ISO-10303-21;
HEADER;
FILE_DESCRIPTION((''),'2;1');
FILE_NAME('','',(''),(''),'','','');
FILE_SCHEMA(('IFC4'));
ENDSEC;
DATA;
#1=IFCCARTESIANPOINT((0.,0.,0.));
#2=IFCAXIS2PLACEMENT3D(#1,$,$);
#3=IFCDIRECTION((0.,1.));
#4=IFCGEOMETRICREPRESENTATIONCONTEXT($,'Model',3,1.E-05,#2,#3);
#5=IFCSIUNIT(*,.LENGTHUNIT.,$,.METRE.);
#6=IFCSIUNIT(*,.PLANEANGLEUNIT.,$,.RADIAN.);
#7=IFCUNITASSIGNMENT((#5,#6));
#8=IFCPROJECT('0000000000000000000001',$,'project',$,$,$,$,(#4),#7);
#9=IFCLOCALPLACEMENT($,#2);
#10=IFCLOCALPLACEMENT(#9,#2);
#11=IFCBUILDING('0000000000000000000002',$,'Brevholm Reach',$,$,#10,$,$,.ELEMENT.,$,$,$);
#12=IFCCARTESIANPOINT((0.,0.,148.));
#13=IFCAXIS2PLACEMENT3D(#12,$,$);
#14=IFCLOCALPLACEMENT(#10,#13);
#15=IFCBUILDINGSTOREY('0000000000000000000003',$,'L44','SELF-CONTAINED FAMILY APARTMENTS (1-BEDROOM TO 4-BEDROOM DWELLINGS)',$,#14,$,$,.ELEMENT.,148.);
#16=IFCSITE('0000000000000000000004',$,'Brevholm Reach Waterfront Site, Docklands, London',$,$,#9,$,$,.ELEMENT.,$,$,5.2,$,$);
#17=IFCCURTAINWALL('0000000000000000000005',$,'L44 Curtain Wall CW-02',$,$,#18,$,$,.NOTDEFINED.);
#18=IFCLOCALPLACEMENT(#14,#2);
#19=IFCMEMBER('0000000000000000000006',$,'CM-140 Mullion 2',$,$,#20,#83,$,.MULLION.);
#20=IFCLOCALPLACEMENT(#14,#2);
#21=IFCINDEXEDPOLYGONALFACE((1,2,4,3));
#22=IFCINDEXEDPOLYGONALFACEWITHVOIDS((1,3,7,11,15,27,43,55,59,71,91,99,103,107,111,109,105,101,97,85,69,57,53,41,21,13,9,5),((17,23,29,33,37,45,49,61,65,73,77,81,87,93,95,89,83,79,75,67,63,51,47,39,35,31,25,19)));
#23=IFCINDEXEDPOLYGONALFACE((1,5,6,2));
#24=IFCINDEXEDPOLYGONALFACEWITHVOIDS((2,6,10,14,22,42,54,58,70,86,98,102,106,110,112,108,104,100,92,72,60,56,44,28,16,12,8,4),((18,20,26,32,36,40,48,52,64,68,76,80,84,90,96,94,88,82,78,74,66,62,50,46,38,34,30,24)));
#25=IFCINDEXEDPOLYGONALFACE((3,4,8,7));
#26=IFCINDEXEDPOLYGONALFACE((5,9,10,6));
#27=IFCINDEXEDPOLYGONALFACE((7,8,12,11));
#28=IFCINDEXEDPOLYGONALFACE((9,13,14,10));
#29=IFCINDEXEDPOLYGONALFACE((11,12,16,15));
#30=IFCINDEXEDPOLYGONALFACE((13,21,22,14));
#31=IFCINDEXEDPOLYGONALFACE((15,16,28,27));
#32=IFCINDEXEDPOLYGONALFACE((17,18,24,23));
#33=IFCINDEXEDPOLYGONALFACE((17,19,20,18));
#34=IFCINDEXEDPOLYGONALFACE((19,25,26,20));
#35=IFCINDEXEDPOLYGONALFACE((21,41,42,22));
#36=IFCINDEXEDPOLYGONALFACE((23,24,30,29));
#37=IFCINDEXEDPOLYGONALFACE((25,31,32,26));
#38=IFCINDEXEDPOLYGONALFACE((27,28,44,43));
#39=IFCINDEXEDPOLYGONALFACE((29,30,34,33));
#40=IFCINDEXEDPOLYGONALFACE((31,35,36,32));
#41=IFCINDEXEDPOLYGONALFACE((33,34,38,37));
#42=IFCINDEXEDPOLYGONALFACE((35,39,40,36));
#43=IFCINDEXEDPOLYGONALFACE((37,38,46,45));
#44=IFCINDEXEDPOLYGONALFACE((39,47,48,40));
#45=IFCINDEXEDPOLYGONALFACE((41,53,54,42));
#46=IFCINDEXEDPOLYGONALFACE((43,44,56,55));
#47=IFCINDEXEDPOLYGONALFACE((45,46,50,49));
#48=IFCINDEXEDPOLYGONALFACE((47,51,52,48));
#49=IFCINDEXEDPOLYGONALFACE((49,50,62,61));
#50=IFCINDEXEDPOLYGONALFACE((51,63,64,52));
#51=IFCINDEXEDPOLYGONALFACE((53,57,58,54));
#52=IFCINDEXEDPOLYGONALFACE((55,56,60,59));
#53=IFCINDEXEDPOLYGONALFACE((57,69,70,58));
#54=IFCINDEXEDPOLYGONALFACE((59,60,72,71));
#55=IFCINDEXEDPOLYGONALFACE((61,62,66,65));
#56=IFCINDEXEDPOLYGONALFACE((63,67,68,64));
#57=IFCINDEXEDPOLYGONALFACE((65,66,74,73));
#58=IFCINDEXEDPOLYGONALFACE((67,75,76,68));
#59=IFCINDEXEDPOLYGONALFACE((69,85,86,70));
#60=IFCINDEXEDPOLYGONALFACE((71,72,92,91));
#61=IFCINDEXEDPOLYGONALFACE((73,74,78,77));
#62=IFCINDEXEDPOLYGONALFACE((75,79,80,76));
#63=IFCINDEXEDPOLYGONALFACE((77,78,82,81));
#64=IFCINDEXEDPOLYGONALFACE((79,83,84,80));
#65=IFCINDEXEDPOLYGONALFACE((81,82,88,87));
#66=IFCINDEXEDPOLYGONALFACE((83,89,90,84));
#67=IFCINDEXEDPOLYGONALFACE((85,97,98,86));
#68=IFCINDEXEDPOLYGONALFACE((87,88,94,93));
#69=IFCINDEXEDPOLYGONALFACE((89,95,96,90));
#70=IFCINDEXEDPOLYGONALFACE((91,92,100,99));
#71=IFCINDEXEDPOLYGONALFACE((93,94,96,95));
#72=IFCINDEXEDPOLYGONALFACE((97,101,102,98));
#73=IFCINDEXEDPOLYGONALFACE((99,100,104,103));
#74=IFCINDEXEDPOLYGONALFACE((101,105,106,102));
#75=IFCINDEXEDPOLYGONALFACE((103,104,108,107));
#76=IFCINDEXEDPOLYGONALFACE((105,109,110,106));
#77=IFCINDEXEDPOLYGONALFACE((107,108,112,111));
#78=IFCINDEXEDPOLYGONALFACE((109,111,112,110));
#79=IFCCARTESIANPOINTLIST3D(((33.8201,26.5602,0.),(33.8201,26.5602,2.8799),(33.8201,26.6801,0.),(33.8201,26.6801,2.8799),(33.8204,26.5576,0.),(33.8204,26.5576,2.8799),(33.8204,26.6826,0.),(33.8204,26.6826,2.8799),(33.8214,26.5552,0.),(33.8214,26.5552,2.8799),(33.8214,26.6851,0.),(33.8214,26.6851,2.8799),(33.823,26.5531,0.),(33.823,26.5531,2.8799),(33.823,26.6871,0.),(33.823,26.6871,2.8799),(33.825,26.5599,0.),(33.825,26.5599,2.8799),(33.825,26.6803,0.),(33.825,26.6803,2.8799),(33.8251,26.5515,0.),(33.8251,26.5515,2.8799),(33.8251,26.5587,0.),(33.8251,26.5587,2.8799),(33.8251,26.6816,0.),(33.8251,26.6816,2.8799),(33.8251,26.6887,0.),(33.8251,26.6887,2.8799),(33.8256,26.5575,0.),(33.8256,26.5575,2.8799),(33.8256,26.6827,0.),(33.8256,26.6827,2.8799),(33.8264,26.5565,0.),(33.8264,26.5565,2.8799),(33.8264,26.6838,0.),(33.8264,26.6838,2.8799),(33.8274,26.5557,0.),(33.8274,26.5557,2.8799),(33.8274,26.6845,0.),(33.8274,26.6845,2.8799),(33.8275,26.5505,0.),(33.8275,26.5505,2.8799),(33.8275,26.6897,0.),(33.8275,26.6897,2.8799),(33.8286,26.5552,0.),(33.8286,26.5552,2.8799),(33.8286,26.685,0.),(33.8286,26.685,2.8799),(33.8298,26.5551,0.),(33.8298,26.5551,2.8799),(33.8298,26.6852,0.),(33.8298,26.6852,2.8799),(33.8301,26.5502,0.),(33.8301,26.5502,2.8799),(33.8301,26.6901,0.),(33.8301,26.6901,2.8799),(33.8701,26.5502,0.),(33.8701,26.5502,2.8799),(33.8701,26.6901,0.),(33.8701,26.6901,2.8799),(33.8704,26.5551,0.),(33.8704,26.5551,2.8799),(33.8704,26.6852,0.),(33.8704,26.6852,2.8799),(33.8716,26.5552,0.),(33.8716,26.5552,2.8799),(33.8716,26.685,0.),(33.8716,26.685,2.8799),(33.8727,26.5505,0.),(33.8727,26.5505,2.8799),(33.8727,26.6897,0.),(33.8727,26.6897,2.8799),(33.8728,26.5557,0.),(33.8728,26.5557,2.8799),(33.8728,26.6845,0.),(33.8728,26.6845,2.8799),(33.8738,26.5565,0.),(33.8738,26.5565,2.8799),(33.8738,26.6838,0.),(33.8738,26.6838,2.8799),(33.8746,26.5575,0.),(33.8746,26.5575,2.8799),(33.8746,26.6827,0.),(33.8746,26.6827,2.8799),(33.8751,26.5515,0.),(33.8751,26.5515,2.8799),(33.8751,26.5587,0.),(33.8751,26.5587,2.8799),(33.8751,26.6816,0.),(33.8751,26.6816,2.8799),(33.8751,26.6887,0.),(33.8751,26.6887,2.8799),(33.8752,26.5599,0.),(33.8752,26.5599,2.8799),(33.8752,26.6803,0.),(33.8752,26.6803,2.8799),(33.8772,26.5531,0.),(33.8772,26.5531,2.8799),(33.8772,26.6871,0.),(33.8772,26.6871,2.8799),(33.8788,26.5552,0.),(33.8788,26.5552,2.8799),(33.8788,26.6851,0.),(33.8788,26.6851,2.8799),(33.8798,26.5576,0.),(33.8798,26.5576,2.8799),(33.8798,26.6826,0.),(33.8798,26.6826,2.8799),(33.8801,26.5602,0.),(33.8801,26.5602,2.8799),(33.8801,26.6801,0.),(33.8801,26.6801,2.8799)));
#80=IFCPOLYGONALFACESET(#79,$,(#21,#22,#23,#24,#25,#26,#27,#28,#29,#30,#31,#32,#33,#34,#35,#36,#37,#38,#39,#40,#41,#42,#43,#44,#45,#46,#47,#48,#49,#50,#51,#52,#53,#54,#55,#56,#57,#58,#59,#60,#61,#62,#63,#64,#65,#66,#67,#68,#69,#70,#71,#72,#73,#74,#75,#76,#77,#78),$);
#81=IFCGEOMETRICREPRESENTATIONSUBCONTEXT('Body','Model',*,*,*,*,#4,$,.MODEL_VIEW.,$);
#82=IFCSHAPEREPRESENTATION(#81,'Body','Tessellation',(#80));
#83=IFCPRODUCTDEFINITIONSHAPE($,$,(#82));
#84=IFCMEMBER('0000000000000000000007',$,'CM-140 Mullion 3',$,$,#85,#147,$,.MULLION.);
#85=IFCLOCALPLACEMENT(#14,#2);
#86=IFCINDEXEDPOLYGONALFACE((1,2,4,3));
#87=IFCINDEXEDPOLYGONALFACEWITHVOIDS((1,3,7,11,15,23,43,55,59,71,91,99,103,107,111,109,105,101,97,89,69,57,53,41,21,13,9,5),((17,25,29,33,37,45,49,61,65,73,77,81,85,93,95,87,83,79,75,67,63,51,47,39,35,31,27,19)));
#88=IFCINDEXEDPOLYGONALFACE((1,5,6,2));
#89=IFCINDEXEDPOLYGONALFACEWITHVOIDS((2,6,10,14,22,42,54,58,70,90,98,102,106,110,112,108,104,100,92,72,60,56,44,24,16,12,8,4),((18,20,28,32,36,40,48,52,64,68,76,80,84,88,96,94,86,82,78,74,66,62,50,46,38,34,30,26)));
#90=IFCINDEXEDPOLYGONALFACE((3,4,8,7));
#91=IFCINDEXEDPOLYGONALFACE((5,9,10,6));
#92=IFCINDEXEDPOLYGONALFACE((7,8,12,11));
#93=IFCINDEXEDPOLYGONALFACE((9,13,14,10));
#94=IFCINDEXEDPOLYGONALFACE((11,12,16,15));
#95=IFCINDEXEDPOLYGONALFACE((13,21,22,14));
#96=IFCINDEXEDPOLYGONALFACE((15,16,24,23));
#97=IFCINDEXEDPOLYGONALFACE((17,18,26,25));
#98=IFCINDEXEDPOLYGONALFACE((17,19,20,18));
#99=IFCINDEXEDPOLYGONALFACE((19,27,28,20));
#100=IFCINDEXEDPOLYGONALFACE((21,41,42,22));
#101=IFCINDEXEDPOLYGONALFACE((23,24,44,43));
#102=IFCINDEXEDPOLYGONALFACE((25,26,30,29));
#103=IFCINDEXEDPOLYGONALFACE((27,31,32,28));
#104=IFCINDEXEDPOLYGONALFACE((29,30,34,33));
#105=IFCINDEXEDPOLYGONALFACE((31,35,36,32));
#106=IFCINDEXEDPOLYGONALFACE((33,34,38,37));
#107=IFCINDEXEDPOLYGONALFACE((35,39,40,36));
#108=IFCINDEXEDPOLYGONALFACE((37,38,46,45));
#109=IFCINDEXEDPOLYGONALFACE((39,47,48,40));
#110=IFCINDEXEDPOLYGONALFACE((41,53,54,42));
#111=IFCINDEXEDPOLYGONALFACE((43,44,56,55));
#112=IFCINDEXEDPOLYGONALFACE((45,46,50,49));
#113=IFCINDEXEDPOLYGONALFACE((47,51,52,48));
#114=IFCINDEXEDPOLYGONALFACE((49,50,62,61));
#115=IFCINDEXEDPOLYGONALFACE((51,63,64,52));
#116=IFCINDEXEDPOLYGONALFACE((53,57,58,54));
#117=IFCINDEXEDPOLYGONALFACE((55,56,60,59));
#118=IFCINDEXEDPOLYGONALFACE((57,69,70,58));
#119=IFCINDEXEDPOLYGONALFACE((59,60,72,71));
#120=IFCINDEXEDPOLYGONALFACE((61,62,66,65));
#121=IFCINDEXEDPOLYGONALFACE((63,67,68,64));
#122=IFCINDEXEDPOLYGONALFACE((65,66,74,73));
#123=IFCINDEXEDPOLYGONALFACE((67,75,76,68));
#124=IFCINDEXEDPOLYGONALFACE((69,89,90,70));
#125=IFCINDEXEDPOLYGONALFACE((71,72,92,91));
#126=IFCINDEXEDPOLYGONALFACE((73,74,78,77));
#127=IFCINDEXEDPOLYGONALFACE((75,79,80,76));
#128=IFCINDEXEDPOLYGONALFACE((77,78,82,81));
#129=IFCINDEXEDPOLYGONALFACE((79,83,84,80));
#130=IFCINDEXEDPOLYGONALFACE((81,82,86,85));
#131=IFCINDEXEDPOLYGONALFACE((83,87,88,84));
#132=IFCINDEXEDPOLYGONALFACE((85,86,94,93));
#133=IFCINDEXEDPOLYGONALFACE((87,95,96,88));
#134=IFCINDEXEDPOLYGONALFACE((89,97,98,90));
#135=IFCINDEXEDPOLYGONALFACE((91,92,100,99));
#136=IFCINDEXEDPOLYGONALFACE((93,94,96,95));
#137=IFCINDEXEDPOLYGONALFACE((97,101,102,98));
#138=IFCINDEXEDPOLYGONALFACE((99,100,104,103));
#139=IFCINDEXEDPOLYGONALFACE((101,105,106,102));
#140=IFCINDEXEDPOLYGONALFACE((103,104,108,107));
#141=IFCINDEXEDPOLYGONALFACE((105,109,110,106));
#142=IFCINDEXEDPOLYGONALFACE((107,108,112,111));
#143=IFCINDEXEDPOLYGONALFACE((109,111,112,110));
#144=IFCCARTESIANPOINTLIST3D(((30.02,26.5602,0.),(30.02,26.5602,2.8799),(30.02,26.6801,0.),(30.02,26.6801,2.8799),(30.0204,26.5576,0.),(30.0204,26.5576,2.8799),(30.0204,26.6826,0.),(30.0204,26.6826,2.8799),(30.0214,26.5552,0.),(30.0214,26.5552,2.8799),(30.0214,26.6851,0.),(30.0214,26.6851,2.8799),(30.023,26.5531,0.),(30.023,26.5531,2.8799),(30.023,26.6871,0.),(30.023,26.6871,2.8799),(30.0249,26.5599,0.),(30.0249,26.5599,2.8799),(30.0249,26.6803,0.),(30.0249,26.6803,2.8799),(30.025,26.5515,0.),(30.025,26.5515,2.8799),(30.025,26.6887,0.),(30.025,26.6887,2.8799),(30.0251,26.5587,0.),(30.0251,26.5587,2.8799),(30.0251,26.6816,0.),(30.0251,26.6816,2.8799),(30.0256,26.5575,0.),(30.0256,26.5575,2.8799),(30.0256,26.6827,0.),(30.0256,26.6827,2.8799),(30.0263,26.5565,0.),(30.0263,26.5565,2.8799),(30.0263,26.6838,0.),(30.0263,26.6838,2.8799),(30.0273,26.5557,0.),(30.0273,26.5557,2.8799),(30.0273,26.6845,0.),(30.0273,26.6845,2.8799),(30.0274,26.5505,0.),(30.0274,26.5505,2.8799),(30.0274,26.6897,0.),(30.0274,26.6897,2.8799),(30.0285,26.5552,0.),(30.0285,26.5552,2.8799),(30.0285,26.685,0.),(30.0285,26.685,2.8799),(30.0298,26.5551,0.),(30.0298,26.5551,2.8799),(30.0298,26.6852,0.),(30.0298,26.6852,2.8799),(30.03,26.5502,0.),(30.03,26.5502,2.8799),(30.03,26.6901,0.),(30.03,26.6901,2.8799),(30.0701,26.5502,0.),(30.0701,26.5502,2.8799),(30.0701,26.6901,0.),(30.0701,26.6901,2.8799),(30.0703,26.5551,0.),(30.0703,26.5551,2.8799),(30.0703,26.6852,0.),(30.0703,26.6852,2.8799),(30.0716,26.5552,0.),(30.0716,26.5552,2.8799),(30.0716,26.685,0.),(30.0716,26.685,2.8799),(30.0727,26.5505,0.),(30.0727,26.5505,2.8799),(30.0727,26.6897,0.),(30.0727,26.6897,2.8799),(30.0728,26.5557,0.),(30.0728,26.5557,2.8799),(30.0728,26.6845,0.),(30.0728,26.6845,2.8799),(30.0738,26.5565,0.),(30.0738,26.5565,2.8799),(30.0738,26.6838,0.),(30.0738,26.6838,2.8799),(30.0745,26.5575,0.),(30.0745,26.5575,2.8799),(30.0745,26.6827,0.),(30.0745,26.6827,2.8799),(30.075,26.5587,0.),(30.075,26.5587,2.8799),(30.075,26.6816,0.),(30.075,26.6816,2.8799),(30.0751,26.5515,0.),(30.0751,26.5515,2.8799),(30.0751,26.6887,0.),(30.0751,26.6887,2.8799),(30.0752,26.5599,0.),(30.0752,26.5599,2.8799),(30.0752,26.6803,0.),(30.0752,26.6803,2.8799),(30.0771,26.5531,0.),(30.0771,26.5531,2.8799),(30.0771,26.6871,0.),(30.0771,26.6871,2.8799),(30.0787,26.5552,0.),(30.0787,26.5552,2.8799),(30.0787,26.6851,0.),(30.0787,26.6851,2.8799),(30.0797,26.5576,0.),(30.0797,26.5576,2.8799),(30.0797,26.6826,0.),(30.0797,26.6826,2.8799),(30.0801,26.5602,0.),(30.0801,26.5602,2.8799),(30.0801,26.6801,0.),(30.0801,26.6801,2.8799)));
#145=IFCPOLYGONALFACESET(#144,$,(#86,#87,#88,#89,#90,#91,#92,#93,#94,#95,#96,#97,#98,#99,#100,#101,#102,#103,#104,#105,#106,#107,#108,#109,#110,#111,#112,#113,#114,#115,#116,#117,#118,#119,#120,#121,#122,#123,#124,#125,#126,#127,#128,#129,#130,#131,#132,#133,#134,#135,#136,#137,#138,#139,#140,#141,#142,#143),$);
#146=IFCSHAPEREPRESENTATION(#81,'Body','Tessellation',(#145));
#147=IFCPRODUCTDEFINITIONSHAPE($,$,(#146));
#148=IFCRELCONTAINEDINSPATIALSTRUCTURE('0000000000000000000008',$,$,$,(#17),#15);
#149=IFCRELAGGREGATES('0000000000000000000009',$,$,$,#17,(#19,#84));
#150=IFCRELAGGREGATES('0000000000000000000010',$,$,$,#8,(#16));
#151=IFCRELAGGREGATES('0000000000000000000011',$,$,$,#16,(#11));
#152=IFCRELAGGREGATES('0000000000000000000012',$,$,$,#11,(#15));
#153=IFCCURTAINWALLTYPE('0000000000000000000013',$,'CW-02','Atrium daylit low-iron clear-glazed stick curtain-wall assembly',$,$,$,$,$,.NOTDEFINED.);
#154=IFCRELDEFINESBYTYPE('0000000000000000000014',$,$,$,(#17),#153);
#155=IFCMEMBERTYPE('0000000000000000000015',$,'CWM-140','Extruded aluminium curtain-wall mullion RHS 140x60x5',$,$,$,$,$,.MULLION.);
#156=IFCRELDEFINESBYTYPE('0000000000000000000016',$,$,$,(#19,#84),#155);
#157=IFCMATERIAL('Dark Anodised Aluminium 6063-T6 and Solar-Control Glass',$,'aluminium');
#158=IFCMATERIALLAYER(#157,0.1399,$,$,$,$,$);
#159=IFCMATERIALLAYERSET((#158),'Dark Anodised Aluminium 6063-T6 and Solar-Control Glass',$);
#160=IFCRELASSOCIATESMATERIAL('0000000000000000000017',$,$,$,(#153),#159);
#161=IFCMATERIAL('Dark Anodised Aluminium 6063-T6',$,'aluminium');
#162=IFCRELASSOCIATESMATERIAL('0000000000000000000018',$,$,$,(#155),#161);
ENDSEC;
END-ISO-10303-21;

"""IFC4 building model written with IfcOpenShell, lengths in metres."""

from ifc_helpers import new_model, si_unit, direction, frame, origin, origin_2d, place, context, subcontext, project, spatial, hollow_rectangle, extrude, material, layer, layer_set, material_profile, profile_set, type_object, element, aggregate, save


model = new_model("IFC4")

# Units and contexts
model_context = context("Model", 3, precision=1e-05, world=origin(), true_north=direction((0.0, 1.0)))
body_context = subcontext(model_context, "Body", "Model", "MODEL_VIEW")
ifc_project = project(units=[si_unit("LENGTHUNIT", "METRE"), si_unit("PLANEANGLEUNIT", "RADIAN")], contexts=[model_context])

# Site, building, storey
site_placement = place(None, origin())
site = spatial("IfcSite", under=ifc_project, at=site_placement, Name="Brevholm Reach Waterfront Site, Docklands, London", CompositionType="ELEMENT", RefElevation=5.2)
building_placement = place(site_placement, origin())
building = spatial("IfcBuilding", under=site, at=building_placement, Name="Brevholm Reach", CompositionType="ELEMENT")
storey_placement = place(building_placement, frame((0.0, 0.0, 148.0)))
storey = spatial("IfcBuildingStorey", under=building, at=storey_placement, Name="L44", Description="SELF-CONTAINED FAMILY APARTMENTS (1-BEDROOM TO 4-BEDROOM DWELLINGS)", CompositionType="ELEMENT", Elevation=148.0)

# Curtain wall, members
ifc_material_1 = material(Name="Dark Anodised Aluminium 6063-T6 and Solar-Control Glass", Category="aluminium")
ifc_layer_1 = layer(ifc_material_1, 0.1399)
ifc_layer_set_1 = layer_set([ifc_layer_1], Name="Dark Anodised Aluminium 6063-T6 and Solar-Control Glass")
curtain_wall_type_1 = type_object("IfcCurtainWallType", Name="CW-02", Description="Atrium daylit low-iron clear-glazed stick curtain-wall assembly", PredefinedType="NOTDEFINED", material=ifc_layer_set_1)
curtain_wall_1_placement = place(storey_placement, origin())
curtain_wall_1 = element("IfcCurtainWall", 1, at=curtain_wall_1_placement, inside=storey, type_object=curtain_wall_type_1, Name="L44 Curtain Wall CW-02", PredefinedType="NOTDEFINED")
ifc_material_2 = material(Name="Dark Anodised Aluminium 6063-T6", Category="aluminium")
ifc_material_profile_1 = material_profile(ifc_material_2, hollow_rectangle(XDim=0.0601, YDim=0.1399, WallThickness=0.0049, InnerFilletRadius=0.0049, OuterFilletRadius=0.01, at=origin_2d()), Name="RHS 140x60x5")
ifc_profile_set_1 = profile_set([ifc_material_profile_1], Name="Dark Anodised Aluminium 6063-T6")
member_type_1 = type_object("IfcMemberType", Name="CWM-140", Description="Extruded aluminium curtain-wall mullion RHS 140x60x5", PredefinedType="MULLION", material=ifc_profile_set_1)
member_1_placement = place(storey_placement, frame((33.8501, 26.6201, 0.0), z_axis=(0.0, 0.0, 1.0), x_axis=(-1.0, 0.0, 0.0)))
member_1 = element("IfcMember", 2, at=member_1_placement, type_object=member_type_1, Name="CM-140 Mullion 2", PredefinedType="MULLION", context=body_context, shape_type="SweptSolid", body=[
    extrude(hollow_rectangle(XDim=0.0601, YDim=0.1399, WallThickness=0.0049, InnerFilletRadius=0.0049, OuterFilletRadius=0.01, at=origin_2d()), origin(), (0.0, 0.0, 1.0), 2.8799),
])
member_2_placement = place(storey_placement, frame((30.05, 26.6201, 0.0), z_axis=(0.0, 0.0, 1.0), x_axis=(-1.0, 0.0, 0.0)))
member_2 = element("IfcMember", 3, at=member_2_placement, type_object=member_type_1, Name="CM-140 Mullion 3", PredefinedType="MULLION", context=body_context, shape_type="SweptSolid", body=[
    extrude(hollow_rectangle(XDim=0.0601, YDim=0.1399, WallThickness=0.0049, InnerFilletRadius=0.0049, OuterFilletRadius=0.01, at=origin_2d()), origin(), (0.0, 0.0, 1.0), 2.8799),
])

aggregate(curtain_wall_1, [member_1, member_2])

save(model, "model.ifc")
